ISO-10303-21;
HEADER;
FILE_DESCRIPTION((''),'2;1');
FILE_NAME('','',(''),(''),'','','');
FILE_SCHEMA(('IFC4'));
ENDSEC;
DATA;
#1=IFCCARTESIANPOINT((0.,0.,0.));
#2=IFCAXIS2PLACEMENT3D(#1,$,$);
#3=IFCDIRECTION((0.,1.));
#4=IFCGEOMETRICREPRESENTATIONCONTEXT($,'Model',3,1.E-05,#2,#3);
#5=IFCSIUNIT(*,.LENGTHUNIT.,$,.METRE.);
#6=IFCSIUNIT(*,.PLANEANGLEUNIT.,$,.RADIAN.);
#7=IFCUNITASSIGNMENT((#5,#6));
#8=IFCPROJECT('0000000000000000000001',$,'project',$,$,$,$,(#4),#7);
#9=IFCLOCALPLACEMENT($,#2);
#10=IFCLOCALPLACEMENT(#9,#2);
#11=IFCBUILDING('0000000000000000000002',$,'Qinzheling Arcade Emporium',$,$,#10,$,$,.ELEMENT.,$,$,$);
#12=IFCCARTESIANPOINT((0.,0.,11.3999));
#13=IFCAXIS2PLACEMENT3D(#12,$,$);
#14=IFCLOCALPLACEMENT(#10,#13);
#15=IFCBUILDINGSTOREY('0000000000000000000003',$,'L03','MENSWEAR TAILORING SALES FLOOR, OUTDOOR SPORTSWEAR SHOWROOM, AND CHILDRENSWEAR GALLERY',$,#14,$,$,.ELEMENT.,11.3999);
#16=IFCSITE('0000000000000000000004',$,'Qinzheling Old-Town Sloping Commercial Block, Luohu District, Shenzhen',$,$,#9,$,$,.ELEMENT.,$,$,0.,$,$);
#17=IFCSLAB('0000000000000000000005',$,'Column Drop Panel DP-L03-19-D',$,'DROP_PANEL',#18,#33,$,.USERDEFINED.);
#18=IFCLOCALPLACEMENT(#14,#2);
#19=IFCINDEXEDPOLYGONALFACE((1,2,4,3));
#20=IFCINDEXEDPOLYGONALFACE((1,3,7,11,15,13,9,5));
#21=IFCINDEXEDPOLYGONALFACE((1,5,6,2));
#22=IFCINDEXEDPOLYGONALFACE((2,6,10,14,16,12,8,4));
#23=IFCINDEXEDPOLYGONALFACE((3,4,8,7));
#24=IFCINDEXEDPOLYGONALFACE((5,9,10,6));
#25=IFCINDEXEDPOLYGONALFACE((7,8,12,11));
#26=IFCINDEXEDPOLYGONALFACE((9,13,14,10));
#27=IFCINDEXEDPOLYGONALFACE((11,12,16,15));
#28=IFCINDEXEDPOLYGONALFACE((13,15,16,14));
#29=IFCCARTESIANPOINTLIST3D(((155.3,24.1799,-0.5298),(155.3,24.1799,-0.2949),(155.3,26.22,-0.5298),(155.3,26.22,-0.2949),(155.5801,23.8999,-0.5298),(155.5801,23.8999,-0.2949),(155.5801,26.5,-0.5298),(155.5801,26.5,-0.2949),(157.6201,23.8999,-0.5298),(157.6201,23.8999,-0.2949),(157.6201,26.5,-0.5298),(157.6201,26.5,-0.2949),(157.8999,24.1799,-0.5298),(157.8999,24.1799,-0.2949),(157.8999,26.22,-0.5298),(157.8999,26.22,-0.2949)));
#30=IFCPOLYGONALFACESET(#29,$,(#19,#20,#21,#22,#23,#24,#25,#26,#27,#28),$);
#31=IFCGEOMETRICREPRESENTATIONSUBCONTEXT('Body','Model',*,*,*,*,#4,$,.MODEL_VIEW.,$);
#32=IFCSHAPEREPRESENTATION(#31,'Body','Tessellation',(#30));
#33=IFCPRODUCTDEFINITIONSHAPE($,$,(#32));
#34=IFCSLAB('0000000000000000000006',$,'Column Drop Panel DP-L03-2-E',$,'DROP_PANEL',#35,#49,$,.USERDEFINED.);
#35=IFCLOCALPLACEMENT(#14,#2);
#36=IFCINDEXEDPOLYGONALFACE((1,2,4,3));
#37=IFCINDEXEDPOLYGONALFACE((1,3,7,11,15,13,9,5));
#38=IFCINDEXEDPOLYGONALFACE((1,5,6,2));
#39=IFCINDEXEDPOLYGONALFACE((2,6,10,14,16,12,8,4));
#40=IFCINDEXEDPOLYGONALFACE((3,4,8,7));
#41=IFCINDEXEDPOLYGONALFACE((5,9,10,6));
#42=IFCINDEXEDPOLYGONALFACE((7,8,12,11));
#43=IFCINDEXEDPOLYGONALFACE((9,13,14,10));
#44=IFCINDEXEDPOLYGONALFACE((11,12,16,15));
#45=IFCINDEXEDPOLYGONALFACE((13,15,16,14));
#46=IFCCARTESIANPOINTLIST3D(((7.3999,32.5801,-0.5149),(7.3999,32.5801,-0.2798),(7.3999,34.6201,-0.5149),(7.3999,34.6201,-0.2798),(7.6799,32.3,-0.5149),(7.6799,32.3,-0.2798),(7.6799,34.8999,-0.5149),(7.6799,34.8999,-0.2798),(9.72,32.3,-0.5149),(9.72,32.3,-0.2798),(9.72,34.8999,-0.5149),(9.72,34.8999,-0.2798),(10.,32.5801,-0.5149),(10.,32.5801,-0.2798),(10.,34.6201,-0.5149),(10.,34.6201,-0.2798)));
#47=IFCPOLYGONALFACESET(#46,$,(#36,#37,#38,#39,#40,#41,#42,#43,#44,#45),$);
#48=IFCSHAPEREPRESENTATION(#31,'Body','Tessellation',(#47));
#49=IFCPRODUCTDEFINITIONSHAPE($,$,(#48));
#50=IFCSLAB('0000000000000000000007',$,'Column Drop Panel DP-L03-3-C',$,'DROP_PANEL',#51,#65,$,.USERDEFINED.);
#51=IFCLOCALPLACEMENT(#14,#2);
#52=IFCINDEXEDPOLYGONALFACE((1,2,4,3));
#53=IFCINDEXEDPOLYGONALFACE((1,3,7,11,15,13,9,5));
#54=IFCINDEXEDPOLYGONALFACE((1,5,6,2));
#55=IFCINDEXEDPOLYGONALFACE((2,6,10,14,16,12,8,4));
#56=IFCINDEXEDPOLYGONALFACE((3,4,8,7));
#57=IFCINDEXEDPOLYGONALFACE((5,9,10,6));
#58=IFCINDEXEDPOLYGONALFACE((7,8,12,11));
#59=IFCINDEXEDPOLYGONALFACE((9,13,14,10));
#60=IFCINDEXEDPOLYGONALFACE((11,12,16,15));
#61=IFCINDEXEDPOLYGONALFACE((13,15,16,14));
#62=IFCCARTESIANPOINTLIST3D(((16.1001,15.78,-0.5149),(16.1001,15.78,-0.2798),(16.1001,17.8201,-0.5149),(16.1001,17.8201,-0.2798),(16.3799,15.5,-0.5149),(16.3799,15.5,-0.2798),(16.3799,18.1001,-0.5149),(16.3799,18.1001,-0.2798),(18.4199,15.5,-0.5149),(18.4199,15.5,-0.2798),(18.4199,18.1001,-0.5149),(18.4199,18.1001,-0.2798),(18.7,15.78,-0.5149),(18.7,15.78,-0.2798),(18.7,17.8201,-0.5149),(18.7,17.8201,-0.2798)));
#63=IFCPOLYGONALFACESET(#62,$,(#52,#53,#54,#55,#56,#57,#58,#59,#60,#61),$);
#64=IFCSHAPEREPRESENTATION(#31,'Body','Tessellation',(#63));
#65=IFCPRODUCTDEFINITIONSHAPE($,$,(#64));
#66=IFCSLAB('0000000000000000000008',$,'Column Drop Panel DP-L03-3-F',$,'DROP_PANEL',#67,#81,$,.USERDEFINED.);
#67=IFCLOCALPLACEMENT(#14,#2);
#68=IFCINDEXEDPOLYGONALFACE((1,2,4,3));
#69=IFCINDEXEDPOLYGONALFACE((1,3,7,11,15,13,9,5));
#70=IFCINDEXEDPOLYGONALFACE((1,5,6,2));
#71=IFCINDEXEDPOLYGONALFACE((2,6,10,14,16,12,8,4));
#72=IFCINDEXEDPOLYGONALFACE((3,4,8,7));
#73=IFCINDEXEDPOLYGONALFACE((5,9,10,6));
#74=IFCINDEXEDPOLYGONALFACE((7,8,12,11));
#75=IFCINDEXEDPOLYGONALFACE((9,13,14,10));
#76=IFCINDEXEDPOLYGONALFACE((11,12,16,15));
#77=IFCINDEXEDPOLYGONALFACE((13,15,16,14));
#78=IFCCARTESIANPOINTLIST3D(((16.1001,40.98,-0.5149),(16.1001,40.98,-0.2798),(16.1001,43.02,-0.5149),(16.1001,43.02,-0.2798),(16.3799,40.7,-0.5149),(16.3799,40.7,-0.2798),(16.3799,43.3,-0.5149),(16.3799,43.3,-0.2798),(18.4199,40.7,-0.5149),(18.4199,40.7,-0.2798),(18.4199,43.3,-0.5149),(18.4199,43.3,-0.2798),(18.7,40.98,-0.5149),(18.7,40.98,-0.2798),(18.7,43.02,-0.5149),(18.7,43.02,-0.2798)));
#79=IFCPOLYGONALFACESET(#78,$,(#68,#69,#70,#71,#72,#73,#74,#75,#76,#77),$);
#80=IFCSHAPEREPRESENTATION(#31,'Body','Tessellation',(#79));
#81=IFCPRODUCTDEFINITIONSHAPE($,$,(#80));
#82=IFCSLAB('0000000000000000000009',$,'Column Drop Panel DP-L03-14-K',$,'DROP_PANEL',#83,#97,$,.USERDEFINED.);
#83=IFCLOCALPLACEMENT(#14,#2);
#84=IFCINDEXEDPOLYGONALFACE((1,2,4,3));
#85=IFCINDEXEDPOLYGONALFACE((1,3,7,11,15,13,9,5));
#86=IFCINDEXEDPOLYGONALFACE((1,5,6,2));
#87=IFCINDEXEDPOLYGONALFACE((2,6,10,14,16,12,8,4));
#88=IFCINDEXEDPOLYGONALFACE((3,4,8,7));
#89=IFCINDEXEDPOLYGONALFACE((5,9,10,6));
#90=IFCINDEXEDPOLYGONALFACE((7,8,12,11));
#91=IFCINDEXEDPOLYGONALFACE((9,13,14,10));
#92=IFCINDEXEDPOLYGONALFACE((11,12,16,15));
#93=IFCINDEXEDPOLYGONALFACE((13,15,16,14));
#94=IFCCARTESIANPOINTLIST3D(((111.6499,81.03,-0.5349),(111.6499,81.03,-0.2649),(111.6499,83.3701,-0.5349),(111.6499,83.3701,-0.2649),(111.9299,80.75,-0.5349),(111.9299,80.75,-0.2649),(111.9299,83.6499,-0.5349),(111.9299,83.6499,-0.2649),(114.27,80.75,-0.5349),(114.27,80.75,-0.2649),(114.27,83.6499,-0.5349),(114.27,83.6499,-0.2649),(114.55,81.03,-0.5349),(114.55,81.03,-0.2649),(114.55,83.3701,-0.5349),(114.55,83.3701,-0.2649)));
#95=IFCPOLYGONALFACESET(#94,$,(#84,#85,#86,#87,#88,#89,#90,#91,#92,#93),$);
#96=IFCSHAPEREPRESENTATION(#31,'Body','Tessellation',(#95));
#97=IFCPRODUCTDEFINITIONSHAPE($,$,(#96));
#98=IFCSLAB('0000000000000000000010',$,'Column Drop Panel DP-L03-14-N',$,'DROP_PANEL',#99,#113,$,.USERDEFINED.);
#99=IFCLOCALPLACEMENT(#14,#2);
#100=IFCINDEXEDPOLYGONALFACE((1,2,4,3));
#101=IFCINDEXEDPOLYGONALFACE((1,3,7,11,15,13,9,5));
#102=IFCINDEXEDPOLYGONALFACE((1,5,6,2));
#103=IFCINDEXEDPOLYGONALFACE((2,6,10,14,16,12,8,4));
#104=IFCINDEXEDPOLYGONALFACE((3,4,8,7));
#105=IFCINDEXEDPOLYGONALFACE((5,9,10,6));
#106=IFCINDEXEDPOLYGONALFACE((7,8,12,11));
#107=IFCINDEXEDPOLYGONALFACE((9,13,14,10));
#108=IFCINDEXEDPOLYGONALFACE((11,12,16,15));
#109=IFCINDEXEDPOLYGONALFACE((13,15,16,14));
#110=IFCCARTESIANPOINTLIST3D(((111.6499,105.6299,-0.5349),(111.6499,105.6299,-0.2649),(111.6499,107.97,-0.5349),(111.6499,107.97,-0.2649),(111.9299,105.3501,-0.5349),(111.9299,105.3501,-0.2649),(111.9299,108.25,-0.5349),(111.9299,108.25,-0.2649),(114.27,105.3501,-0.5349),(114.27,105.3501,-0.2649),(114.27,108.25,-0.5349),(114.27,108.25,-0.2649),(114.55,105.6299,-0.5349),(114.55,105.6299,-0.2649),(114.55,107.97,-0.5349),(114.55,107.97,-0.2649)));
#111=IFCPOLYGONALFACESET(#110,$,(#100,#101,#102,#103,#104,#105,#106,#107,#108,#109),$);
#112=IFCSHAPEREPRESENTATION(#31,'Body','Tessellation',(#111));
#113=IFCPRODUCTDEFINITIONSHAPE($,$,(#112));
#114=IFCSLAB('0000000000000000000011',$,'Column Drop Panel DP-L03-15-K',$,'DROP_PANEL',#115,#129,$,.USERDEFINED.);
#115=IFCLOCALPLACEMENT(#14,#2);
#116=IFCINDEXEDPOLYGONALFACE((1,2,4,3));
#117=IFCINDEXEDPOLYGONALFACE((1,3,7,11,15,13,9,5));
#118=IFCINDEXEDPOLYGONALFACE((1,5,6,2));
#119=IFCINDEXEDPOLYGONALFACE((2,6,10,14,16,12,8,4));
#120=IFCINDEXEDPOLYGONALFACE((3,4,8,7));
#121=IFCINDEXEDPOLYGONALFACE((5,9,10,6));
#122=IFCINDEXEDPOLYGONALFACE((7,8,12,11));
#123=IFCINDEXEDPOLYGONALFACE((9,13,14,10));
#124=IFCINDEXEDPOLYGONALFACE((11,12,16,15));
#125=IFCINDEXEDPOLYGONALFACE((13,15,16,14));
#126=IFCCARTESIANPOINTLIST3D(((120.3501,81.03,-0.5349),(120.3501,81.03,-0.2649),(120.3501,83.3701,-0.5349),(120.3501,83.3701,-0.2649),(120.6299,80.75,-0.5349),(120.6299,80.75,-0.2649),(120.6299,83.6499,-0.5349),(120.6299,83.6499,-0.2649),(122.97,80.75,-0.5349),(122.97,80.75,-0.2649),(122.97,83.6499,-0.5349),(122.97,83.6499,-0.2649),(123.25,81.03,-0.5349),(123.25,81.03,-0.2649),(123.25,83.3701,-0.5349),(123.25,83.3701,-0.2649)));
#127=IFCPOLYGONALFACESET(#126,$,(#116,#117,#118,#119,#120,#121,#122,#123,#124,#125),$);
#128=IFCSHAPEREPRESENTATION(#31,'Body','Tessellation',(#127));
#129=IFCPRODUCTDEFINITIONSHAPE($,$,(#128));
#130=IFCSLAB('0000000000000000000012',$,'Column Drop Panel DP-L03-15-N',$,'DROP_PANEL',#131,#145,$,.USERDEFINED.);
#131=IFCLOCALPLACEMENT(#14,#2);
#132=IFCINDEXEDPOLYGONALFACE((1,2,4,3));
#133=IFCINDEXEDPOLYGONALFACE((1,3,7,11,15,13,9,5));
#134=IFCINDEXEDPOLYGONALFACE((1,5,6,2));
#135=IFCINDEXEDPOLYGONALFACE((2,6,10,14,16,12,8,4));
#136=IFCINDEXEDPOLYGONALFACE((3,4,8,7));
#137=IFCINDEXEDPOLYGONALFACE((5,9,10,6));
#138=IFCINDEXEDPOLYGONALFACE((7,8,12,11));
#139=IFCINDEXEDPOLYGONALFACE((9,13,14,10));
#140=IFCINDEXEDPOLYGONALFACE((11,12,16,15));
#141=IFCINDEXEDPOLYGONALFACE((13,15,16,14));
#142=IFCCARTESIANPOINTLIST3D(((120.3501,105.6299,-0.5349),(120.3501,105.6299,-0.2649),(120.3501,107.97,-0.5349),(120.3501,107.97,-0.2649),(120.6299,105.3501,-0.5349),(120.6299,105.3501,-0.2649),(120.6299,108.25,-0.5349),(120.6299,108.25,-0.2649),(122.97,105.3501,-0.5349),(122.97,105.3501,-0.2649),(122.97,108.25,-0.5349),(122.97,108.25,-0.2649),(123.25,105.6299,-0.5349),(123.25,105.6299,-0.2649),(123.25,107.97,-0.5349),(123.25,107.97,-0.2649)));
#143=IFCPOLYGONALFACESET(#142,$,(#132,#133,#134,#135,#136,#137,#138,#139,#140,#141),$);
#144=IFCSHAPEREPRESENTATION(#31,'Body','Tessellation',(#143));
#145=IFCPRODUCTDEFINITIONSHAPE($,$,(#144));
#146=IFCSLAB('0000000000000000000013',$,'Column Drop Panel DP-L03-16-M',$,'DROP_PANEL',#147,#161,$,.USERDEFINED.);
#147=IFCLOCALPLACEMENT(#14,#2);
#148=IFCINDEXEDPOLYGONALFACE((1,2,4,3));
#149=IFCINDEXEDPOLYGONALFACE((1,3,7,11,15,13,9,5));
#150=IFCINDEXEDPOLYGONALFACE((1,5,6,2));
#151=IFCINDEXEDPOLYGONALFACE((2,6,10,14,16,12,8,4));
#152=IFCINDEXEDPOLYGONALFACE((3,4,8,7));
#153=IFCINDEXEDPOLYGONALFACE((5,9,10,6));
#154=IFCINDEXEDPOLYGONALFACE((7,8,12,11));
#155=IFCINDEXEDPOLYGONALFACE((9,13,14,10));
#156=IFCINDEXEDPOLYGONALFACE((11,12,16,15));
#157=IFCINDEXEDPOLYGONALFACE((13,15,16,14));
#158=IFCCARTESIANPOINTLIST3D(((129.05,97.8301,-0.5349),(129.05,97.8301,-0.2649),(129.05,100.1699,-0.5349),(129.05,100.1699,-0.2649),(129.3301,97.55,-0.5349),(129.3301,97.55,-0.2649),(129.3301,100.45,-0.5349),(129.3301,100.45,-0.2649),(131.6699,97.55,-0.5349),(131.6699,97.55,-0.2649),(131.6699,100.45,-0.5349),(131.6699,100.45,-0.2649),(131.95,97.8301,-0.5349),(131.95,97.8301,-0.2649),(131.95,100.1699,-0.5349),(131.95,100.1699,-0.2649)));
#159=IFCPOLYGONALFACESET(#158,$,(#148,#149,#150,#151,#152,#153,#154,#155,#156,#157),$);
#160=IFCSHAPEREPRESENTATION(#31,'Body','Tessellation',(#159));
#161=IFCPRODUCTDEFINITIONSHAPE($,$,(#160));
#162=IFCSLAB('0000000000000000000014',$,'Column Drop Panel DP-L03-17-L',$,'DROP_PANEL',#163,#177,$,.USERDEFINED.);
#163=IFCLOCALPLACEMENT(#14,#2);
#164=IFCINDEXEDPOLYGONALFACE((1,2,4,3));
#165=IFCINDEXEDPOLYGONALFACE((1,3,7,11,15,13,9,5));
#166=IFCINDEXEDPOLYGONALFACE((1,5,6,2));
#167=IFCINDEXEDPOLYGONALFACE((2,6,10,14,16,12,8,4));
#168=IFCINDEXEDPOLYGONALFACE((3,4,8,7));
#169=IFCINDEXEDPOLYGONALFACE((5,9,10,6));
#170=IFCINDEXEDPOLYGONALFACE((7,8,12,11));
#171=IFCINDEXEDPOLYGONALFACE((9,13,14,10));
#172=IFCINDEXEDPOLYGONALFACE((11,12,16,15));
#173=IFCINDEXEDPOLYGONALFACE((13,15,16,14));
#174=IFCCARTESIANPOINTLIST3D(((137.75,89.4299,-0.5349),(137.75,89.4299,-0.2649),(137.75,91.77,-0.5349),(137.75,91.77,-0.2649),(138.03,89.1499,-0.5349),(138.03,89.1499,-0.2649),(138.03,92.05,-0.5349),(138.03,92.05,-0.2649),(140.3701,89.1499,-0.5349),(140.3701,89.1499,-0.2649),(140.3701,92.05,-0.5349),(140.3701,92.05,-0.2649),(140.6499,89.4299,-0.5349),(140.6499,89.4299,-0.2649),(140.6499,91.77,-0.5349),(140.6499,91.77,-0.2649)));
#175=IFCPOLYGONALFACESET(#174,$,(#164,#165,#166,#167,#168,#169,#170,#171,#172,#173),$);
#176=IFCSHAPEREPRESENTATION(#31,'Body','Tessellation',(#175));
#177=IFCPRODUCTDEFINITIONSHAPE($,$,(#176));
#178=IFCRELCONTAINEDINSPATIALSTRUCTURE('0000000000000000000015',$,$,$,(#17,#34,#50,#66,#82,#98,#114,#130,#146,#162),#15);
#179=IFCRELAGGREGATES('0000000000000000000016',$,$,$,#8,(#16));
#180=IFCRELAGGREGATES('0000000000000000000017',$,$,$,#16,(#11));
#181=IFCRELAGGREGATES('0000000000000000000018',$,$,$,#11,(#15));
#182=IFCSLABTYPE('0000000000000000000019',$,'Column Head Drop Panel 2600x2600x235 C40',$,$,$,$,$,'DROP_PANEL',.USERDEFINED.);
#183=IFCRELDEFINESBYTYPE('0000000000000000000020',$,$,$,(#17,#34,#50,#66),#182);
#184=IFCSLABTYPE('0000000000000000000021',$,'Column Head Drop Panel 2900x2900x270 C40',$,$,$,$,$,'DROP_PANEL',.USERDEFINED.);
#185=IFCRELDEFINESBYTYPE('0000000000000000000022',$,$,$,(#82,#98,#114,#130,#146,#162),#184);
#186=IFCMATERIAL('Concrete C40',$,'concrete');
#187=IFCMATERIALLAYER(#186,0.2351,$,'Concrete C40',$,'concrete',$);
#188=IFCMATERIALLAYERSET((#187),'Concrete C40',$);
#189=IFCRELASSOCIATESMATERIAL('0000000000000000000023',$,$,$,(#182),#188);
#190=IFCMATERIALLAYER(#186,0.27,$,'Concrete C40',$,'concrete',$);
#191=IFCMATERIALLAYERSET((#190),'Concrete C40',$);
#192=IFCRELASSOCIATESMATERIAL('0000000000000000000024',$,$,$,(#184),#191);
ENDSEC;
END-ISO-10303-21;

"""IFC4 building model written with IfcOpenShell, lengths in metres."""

from ifc_helpers import new_model, si_unit, direction, frame, origin, place, context, subcontext, project, spatial, polyline, outline, extrude, material, layer, layer_set, type_object, element, save


model = new_model("IFC4")

# Units and contexts
model_context = context("Model", 3, precision=1e-05, world=origin(), true_north=direction((0.0, 1.0)))
body_context = subcontext(model_context, "Body", "Model", "MODEL_VIEW")
ifc_project = project(units=[si_unit("LENGTHUNIT", "METRE"), si_unit("PLANEANGLEUNIT", "RADIAN")], contexts=[model_context])

# Site, building, storey
site_placement = place(None, origin())
site = spatial("IfcSite", under=ifc_project, at=site_placement, Name="Qinzheling Old-Town Sloping Commercial Block, Luohu District, Shenzhen", CompositionType="ELEMENT", RefElevation=0.0)
building_placement = place(site_placement, origin())
building = spatial("IfcBuilding", under=site, at=building_placement, Name="Qinzheling Arcade Emporium", CompositionType="ELEMENT")
storey_placement = place(building_placement, frame((0.0, 0.0, 11.3999)))
storey = spatial("IfcBuildingStorey", under=building, at=storey_placement, Name="L03", Description="MENSWEAR TAILORING SALES FLOOR, OUTDOOR SPORTSWEAR SHOWROOM, AND CHILDRENSWEAR GALLERY", CompositionType="ELEMENT", Elevation=11.3999)

# Slabs
ifc_material = material(Name="Concrete C40", Category="concrete")
ifc_layer_1 = layer(ifc_material, 0.2351, Name="Concrete C40", Category="concrete")
ifc_layer_set_1 = layer_set([ifc_layer_1], Name="Concrete C40")
slab_type_1 = type_object("IfcSlabType", Name="Column Head Drop Panel 2600x2600x235 C40", ElementType="DROP_PANEL", PredefinedType="USERDEFINED", material=ifc_layer_set_1)
slab_1_placement = place(storey_placement, frame((0.0, 0.0, -0.5298)))
element("IfcSlab", 1, at=slab_1_placement, inside=storey, type_object=slab_type_1, Name="Column Drop Panel DP-L03-19-D", ObjectType="DROP_PANEL", PredefinedType="USERDEFINED", context=body_context, shape_type="SweptSolid", body=[
    extrude(outline(polyline([(155.5801, 23.8999), (157.6201, 23.8999), (157.8999, 24.1799), (157.8999, 26.22), (157.6201, 26.5), (155.5801, 26.5), (155.3, 26.22), (155.3, 24.1799), (155.5801, 23.8999)])), origin(), (0.0, 0.0, 1.0), 0.2349),
])
slab_2_placement = place(storey_placement, frame((0.0, 0.0, -0.5149)))
element("IfcSlab", 2, at=slab_2_placement, inside=storey, type_object=slab_type_1, Name="Column Drop Panel DP-L03-2-E", ObjectType="DROP_PANEL", PredefinedType="USERDEFINED", context=body_context, shape_type="SweptSolid", body=[
    extrude(outline(polyline([(7.6799, 32.3), (9.72, 32.3), (10.0, 32.5801), (10.0, 34.6201), (9.72, 34.8999), (7.6799, 34.8999), (7.3999, 34.6201), (7.3999, 32.5801), (7.6799, 32.3)])), origin(), (0.0, 0.0, 1.0), 0.2351),
])
slab_3_placement = place(storey_placement, frame((0.0, 0.0, -0.5149)))
element("IfcSlab", 3, at=slab_3_placement, inside=storey, type_object=slab_type_1, Name="Column Drop Panel DP-L03-3-C", ObjectType="DROP_PANEL", PredefinedType="USERDEFINED", context=body_context, shape_type="SweptSolid", body=[
    extrude(outline(polyline([(16.3799, 15.5), (18.4199, 15.5), (18.7, 15.78), (18.7, 17.8201), (18.4199, 18.1001), (16.3799, 18.1001), (16.1001, 17.8201), (16.1001, 15.78), (16.3799, 15.5)])), origin(), (0.0, 0.0, 1.0), 0.2351),
])
slab_4_placement = place(storey_placement, frame((0.0, 0.0, -0.5149)))
element("IfcSlab", 4, at=slab_4_placement, inside=storey, type_object=slab_type_1, Name="Column Drop Panel DP-L03-3-F", ObjectType="DROP_PANEL", PredefinedType="USERDEFINED", context=body_context, shape_type="SweptSolid", body=[
    extrude(outline(polyline([(16.3799, 40.7), (18.4199, 40.7), (18.7, 40.98), (18.7, 43.02), (18.4199, 43.3), (16.3799, 43.3), (16.1001, 43.02), (16.1001, 40.98), (16.3799, 40.7)])), origin(), (0.0, 0.0, 1.0), 0.2351),
])
ifc_layer_2 = layer(ifc_material, 0.27, Name="Concrete C40", Category="concrete")
ifc_layer_set_2 = layer_set([ifc_layer_2], Name="Concrete C40")
slab_type_2 = type_object("IfcSlabType", Name="Column Head Drop Panel 2900x2900x270 C40", ElementType="DROP_PANEL", PredefinedType="USERDEFINED", material=ifc_layer_set_2)
slab_5_placement = place(storey_placement, frame((0.0, 0.0, -0.5349)))
element("IfcSlab", 5, at=slab_5_placement, inside=storey, type_object=slab_type_2, Name="Column Drop Panel DP-L03-14-K", ObjectType="DROP_PANEL", PredefinedType="USERDEFINED", context=body_context, shape_type="SweptSolid", body=[
    extrude(outline(polyline([(111.9299, 80.75), (114.27, 80.75), (114.55, 81.03), (114.55, 83.3701), (114.27, 83.6499), (111.9299, 83.6499), (111.6499, 83.3701), (111.6499, 81.03), (111.9299, 80.75)])), origin(), (0.0, 0.0, 1.0), 0.27),
])
slab_6_placement = place(storey_placement, frame((0.0, 0.0, -0.5349)))
element("IfcSlab", 6, at=slab_6_placement, inside=storey, type_object=slab_type_2, Name="Column Drop Panel DP-L03-14-N", ObjectType="DROP_PANEL", PredefinedType="USERDEFINED", context=body_context, shape_type="SweptSolid", body=[
    extrude(outline(polyline([(111.9299, 105.3501), (114.27, 105.3501), (114.55, 105.6299), (114.55, 107.97), (114.27, 108.25), (111.9299, 108.25), (111.6499, 107.97), (111.6499, 105.6299), (111.9299, 105.3501)])), origin(), (0.0, 0.0, 1.0), 0.27),
])
slab_7_placement = place(storey_placement, frame((0.0, 0.0, -0.5349)))
element("IfcSlab", 7, at=slab_7_placement, inside=storey, type_object=slab_type_2, Name="Column Drop Panel DP-L03-15-K", ObjectType="DROP_PANEL", PredefinedType="USERDEFINED", context=body_context, shape_type="SweptSolid", body=[
    extrude(outline(polyline([(120.6299, 80.75), (122.97, 80.75), (123.25, 81.03), (123.25, 83.3701), (122.97, 83.6499), (120.6299, 83.6499), (120.3501, 83.3701), (120.3501, 81.03), (120.6299, 80.75)])), origin(), (0.0, 0.0, 1.0), 0.27),
])
slab_8_placement = place(storey_placement, frame((0.0, 0.0, -0.5349)))
element("IfcSlab", 8, at=slab_8_placement, inside=storey, type_object=slab_type_2, Name="Column Drop Panel DP-L03-15-N", ObjectType="DROP_PANEL", PredefinedType="USERDEFINED", context=body_context, shape_type="SweptSolid", body=[
    extrude(outline(polyline([(120.6299, 105.3501), (122.97, 105.3501), (123.25, 105.6299), (123.25, 107.97), (122.97, 108.25), (120.6299, 108.25), (120.3501, 107.97), (120.3501, 105.6299), (120.6299, 105.3501)])), origin(), (0.0, 0.0, 1.0), 0.27),
])
slab_9_placement = place(storey_placement, frame((0.0, 0.0, -0.5349)))
element("IfcSlab", 9, at=slab_9_placement, inside=storey, type_object=slab_type_2, Name="Column Drop Panel DP-L03-16-M", ObjectType="DROP_PANEL", PredefinedType="USERDEFINED", context=body_context, shape_type="SweptSolid", body=[
    extrude(outline(polyline([(129.3301, 97.55), (131.6699, 97.55), (131.95, 97.8301), (131.95, 100.1699), (131.6699, 100.45), (129.3301, 100.45), (129.05, 100.1699), (129.05, 97.8301), (129.3301, 97.55)])), origin(), (0.0, 0.0, 1.0), 0.27),
])
slab_10_placement = place(storey_placement, frame((0.0, 0.0, -0.5349)))
element("IfcSlab", 10, at=slab_10_placement, inside=storey, type_object=slab_type_2, Name="Column Drop Panel DP-L03-17-L", ObjectType="DROP_PANEL", PredefinedType="USERDEFINED", context=body_context, shape_type="SweptSolid", body=[
    extrude(outline(polyline([(138.03, 89.1499), (140.3701, 89.1499), (140.6499, 89.4299), (140.6499, 91.77), (140.3701, 92.05), (138.03, 92.05), (137.75, 91.77), (137.75, 89.4299), (138.03, 89.1499)])), origin(), (0.0, 0.0, 1.0), 0.27),
])

save(model, "model.ifc")
